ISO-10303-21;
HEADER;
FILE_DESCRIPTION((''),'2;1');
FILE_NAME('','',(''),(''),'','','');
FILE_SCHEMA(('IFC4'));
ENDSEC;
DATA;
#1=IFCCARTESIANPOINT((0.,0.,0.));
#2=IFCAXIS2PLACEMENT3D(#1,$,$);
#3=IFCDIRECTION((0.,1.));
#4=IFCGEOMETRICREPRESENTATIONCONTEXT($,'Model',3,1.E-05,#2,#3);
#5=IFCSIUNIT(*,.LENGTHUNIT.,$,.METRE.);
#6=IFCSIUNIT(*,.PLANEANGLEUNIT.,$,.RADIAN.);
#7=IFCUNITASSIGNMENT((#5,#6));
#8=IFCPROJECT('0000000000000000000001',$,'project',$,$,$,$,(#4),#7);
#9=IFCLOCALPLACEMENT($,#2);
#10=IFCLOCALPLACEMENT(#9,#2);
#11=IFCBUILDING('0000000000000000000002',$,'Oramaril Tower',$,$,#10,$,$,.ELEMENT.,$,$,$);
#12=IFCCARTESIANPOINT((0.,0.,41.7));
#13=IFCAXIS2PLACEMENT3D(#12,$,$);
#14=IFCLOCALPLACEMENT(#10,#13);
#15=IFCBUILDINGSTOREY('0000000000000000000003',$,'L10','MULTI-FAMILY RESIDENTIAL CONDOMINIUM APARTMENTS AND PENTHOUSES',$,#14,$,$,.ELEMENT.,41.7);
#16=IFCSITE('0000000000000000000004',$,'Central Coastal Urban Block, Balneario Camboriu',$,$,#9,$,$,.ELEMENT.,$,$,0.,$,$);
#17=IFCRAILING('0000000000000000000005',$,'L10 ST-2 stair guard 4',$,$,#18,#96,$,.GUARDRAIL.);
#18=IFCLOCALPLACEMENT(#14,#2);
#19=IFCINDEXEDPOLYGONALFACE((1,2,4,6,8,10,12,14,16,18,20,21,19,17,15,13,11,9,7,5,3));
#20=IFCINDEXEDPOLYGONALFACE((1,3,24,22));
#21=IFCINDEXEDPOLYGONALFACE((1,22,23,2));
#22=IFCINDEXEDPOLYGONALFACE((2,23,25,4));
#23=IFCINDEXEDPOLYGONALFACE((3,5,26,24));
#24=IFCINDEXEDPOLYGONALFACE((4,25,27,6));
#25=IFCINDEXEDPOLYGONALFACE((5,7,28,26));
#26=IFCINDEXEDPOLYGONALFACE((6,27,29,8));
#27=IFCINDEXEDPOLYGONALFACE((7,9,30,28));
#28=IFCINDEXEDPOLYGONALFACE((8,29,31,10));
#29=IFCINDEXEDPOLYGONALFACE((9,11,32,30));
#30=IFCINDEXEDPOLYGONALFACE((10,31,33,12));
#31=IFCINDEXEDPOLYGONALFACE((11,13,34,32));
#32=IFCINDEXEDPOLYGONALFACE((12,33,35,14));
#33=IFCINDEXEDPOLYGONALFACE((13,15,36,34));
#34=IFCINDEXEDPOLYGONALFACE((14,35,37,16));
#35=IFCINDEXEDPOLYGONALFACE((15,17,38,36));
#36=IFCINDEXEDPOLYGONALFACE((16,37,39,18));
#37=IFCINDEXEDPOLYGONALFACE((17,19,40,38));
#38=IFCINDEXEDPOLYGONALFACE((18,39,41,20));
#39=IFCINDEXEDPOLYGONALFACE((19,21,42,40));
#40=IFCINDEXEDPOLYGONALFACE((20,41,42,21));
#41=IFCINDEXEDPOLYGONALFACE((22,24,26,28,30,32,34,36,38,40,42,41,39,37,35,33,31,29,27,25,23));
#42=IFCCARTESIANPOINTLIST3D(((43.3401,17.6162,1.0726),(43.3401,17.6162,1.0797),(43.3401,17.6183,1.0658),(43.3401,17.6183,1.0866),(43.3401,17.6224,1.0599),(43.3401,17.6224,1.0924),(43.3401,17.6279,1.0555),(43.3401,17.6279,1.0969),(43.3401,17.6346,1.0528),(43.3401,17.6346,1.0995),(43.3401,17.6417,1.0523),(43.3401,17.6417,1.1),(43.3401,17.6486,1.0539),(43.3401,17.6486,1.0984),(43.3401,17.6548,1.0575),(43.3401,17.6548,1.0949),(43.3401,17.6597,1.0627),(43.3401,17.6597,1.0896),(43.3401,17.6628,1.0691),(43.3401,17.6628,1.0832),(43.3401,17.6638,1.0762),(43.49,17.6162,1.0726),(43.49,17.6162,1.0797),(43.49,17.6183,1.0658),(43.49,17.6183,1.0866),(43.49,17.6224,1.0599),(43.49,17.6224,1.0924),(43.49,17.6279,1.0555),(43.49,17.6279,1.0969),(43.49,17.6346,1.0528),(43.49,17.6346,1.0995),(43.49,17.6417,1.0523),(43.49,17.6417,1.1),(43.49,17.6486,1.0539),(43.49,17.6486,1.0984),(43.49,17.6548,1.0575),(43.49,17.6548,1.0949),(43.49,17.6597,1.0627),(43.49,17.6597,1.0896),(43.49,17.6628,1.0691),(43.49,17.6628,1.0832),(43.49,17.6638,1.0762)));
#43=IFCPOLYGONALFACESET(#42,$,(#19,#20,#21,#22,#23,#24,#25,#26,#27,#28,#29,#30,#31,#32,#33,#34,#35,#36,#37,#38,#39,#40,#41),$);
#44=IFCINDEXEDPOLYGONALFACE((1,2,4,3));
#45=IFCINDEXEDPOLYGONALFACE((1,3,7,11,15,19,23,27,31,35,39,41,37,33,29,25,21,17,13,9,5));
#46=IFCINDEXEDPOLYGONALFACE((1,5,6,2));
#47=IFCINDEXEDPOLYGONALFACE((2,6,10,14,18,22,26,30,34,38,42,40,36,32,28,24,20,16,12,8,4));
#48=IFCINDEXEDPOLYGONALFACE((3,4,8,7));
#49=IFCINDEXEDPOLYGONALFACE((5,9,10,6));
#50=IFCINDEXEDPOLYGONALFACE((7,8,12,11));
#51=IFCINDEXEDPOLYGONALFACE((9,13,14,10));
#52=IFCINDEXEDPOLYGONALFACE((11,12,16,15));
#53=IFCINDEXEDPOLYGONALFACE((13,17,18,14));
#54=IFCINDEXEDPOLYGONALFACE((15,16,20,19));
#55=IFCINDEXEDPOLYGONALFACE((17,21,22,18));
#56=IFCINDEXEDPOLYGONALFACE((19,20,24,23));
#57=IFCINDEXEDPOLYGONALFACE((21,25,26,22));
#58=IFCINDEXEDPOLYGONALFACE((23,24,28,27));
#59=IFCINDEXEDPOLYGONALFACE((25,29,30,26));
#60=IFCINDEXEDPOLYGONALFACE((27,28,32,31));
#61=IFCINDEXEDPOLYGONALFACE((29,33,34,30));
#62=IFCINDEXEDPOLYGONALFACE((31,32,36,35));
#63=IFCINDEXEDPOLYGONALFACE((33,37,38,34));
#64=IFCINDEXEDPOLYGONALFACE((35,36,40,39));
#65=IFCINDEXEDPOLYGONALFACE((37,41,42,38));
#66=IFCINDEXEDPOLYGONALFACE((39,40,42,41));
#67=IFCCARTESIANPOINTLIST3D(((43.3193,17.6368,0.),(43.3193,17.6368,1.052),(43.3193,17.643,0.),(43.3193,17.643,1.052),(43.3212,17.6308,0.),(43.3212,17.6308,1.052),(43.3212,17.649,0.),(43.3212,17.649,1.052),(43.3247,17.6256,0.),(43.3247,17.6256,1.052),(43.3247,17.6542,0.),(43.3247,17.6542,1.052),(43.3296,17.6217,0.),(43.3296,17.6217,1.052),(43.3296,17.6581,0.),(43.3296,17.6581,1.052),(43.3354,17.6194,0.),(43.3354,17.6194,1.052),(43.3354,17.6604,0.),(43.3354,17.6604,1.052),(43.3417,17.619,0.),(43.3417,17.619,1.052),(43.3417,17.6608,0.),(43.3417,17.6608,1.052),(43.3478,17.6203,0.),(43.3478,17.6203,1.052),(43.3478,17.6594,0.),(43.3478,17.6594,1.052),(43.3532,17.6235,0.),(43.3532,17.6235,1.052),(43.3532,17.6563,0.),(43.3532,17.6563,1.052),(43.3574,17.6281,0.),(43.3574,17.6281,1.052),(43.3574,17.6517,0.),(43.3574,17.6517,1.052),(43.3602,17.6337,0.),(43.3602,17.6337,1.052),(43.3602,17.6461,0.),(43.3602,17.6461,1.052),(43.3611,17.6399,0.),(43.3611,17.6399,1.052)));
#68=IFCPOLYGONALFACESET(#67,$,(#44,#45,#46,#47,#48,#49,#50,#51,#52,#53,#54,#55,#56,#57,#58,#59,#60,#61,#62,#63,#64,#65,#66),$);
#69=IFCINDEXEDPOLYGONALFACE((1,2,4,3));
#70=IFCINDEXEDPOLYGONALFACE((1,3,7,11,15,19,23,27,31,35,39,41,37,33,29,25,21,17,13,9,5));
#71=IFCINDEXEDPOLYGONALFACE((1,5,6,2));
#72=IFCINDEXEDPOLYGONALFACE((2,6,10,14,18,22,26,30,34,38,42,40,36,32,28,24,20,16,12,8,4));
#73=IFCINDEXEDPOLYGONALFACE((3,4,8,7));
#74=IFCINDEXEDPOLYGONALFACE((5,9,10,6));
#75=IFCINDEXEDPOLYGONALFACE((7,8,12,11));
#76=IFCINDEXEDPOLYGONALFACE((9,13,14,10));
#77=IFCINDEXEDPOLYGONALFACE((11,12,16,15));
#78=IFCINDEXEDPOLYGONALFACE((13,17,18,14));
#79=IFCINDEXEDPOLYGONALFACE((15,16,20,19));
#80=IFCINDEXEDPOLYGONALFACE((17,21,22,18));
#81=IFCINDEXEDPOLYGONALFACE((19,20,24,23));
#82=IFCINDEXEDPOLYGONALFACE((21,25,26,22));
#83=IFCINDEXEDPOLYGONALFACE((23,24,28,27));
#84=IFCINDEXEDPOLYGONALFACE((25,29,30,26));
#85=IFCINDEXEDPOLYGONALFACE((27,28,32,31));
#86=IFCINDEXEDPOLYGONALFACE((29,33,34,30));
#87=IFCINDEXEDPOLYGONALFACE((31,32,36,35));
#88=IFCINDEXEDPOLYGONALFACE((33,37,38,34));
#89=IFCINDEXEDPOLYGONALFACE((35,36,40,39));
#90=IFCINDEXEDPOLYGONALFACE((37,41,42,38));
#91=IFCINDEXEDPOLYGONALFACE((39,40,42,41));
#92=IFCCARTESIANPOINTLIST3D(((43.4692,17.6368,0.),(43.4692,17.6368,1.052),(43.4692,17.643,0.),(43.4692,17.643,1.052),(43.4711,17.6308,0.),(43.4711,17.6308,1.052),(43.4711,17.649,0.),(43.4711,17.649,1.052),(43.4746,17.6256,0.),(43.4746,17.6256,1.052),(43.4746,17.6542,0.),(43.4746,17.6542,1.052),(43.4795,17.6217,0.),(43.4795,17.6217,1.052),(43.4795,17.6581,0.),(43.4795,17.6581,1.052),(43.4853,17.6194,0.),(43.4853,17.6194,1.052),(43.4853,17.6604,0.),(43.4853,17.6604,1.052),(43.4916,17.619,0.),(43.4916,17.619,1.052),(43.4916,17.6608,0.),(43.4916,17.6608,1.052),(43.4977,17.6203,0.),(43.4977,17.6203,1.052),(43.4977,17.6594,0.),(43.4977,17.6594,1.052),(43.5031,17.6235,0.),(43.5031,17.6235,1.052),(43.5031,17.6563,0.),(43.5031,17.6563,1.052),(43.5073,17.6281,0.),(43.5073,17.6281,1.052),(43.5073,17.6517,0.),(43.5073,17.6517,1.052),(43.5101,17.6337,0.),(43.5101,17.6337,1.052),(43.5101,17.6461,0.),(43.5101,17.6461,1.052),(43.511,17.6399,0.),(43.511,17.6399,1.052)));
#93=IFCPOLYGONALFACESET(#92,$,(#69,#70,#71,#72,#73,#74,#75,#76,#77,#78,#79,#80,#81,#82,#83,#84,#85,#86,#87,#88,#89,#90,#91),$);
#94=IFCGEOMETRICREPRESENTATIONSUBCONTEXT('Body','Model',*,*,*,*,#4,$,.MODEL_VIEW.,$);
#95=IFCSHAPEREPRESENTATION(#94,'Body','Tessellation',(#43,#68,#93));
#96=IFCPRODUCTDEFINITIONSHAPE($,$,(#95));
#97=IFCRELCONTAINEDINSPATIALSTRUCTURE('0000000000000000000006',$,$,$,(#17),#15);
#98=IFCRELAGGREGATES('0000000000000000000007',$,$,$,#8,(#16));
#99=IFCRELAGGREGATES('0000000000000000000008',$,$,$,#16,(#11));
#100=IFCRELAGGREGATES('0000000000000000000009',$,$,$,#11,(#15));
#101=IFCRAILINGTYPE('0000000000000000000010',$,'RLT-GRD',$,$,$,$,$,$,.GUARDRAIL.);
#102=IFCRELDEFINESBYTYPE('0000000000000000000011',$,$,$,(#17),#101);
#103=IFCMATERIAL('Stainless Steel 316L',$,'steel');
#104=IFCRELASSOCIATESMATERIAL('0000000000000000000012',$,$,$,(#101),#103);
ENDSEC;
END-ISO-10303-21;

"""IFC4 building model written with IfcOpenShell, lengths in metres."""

from ifc_helpers import new_model, si_unit, direction, frame, origin, origin_2d, place, context, subcontext, project, spatial, circle, extrude, material, type_object, element, save


model = new_model("IFC4")

# Units and contexts
model_context = context("Model", 3, precision=1e-05, world=origin(), true_north=direction((0.0, 1.0)))
body_context = subcontext(model_context, "Body", "Model", "MODEL_VIEW")
ifc_project = project(units=[si_unit("LENGTHUNIT", "METRE"), si_unit("PLANEANGLEUNIT", "RADIAN")], contexts=[model_context])

# Site, building, storey
site_placement = place(None, origin())
site = spatial("IfcSite", under=ifc_project, at=site_placement, Name="Central Coastal Urban Block, Balneario Camboriu", CompositionType="ELEMENT", RefElevation=0.0)
building_placement = place(site_placement, origin())
building = spatial("IfcBuilding", under=site, at=building_placement, Name="Oramaril Tower", CompositionType="ELEMENT")
storey_placement = place(building_placement, frame((0.0, 0.0, 41.7)))
storey = spatial("IfcBuildingStorey", under=building, at=storey_placement, Name="L10", Description="MULTI-FAMILY RESIDENTIAL CONDOMINIUM APARTMENTS AND PENTHOUSES", CompositionType="ELEMENT", Elevation=41.7)

# Railing
ifc_material_1 = material(Name="Stainless Steel 316L", Category="steel")
railing_type_1 = type_object("IfcRailingType", Name="RLT-GRD", PredefinedType="GUARDRAIL", material=ifc_material_1)
railing_1_placement = place(storey_placement, frame((43.3401, 17.6399, 0.0)))
element("IfcRailing", 1, at=railing_1_placement, inside=storey, type_object=railing_type_1, Name="L10 ST-2 stair guard 4", PredefinedType="GUARDRAIL", context=body_context, shape_type="SweptSolid", body=[
    extrude(circle(Radius=0.0239, at=origin_2d()), frame((0.0, 0.0, 1.0762), z_axis=(1.0, 0.0, 0.0), x_axis=(0.0, 1.0, 0.0)), (0.0, 0.0, 1.0), 0.1499),
    extrude(circle(Radius=0.021, at=origin_2d()), origin(), (0.0, 0.0, 1.0), 1.052),
    extrude(circle(Radius=0.021, at=origin_2d()), frame((0.1499, 0.0, 0.0)), (0.0, 0.0, 1.0), 1.052),
])

save(model, "model.ifc")
